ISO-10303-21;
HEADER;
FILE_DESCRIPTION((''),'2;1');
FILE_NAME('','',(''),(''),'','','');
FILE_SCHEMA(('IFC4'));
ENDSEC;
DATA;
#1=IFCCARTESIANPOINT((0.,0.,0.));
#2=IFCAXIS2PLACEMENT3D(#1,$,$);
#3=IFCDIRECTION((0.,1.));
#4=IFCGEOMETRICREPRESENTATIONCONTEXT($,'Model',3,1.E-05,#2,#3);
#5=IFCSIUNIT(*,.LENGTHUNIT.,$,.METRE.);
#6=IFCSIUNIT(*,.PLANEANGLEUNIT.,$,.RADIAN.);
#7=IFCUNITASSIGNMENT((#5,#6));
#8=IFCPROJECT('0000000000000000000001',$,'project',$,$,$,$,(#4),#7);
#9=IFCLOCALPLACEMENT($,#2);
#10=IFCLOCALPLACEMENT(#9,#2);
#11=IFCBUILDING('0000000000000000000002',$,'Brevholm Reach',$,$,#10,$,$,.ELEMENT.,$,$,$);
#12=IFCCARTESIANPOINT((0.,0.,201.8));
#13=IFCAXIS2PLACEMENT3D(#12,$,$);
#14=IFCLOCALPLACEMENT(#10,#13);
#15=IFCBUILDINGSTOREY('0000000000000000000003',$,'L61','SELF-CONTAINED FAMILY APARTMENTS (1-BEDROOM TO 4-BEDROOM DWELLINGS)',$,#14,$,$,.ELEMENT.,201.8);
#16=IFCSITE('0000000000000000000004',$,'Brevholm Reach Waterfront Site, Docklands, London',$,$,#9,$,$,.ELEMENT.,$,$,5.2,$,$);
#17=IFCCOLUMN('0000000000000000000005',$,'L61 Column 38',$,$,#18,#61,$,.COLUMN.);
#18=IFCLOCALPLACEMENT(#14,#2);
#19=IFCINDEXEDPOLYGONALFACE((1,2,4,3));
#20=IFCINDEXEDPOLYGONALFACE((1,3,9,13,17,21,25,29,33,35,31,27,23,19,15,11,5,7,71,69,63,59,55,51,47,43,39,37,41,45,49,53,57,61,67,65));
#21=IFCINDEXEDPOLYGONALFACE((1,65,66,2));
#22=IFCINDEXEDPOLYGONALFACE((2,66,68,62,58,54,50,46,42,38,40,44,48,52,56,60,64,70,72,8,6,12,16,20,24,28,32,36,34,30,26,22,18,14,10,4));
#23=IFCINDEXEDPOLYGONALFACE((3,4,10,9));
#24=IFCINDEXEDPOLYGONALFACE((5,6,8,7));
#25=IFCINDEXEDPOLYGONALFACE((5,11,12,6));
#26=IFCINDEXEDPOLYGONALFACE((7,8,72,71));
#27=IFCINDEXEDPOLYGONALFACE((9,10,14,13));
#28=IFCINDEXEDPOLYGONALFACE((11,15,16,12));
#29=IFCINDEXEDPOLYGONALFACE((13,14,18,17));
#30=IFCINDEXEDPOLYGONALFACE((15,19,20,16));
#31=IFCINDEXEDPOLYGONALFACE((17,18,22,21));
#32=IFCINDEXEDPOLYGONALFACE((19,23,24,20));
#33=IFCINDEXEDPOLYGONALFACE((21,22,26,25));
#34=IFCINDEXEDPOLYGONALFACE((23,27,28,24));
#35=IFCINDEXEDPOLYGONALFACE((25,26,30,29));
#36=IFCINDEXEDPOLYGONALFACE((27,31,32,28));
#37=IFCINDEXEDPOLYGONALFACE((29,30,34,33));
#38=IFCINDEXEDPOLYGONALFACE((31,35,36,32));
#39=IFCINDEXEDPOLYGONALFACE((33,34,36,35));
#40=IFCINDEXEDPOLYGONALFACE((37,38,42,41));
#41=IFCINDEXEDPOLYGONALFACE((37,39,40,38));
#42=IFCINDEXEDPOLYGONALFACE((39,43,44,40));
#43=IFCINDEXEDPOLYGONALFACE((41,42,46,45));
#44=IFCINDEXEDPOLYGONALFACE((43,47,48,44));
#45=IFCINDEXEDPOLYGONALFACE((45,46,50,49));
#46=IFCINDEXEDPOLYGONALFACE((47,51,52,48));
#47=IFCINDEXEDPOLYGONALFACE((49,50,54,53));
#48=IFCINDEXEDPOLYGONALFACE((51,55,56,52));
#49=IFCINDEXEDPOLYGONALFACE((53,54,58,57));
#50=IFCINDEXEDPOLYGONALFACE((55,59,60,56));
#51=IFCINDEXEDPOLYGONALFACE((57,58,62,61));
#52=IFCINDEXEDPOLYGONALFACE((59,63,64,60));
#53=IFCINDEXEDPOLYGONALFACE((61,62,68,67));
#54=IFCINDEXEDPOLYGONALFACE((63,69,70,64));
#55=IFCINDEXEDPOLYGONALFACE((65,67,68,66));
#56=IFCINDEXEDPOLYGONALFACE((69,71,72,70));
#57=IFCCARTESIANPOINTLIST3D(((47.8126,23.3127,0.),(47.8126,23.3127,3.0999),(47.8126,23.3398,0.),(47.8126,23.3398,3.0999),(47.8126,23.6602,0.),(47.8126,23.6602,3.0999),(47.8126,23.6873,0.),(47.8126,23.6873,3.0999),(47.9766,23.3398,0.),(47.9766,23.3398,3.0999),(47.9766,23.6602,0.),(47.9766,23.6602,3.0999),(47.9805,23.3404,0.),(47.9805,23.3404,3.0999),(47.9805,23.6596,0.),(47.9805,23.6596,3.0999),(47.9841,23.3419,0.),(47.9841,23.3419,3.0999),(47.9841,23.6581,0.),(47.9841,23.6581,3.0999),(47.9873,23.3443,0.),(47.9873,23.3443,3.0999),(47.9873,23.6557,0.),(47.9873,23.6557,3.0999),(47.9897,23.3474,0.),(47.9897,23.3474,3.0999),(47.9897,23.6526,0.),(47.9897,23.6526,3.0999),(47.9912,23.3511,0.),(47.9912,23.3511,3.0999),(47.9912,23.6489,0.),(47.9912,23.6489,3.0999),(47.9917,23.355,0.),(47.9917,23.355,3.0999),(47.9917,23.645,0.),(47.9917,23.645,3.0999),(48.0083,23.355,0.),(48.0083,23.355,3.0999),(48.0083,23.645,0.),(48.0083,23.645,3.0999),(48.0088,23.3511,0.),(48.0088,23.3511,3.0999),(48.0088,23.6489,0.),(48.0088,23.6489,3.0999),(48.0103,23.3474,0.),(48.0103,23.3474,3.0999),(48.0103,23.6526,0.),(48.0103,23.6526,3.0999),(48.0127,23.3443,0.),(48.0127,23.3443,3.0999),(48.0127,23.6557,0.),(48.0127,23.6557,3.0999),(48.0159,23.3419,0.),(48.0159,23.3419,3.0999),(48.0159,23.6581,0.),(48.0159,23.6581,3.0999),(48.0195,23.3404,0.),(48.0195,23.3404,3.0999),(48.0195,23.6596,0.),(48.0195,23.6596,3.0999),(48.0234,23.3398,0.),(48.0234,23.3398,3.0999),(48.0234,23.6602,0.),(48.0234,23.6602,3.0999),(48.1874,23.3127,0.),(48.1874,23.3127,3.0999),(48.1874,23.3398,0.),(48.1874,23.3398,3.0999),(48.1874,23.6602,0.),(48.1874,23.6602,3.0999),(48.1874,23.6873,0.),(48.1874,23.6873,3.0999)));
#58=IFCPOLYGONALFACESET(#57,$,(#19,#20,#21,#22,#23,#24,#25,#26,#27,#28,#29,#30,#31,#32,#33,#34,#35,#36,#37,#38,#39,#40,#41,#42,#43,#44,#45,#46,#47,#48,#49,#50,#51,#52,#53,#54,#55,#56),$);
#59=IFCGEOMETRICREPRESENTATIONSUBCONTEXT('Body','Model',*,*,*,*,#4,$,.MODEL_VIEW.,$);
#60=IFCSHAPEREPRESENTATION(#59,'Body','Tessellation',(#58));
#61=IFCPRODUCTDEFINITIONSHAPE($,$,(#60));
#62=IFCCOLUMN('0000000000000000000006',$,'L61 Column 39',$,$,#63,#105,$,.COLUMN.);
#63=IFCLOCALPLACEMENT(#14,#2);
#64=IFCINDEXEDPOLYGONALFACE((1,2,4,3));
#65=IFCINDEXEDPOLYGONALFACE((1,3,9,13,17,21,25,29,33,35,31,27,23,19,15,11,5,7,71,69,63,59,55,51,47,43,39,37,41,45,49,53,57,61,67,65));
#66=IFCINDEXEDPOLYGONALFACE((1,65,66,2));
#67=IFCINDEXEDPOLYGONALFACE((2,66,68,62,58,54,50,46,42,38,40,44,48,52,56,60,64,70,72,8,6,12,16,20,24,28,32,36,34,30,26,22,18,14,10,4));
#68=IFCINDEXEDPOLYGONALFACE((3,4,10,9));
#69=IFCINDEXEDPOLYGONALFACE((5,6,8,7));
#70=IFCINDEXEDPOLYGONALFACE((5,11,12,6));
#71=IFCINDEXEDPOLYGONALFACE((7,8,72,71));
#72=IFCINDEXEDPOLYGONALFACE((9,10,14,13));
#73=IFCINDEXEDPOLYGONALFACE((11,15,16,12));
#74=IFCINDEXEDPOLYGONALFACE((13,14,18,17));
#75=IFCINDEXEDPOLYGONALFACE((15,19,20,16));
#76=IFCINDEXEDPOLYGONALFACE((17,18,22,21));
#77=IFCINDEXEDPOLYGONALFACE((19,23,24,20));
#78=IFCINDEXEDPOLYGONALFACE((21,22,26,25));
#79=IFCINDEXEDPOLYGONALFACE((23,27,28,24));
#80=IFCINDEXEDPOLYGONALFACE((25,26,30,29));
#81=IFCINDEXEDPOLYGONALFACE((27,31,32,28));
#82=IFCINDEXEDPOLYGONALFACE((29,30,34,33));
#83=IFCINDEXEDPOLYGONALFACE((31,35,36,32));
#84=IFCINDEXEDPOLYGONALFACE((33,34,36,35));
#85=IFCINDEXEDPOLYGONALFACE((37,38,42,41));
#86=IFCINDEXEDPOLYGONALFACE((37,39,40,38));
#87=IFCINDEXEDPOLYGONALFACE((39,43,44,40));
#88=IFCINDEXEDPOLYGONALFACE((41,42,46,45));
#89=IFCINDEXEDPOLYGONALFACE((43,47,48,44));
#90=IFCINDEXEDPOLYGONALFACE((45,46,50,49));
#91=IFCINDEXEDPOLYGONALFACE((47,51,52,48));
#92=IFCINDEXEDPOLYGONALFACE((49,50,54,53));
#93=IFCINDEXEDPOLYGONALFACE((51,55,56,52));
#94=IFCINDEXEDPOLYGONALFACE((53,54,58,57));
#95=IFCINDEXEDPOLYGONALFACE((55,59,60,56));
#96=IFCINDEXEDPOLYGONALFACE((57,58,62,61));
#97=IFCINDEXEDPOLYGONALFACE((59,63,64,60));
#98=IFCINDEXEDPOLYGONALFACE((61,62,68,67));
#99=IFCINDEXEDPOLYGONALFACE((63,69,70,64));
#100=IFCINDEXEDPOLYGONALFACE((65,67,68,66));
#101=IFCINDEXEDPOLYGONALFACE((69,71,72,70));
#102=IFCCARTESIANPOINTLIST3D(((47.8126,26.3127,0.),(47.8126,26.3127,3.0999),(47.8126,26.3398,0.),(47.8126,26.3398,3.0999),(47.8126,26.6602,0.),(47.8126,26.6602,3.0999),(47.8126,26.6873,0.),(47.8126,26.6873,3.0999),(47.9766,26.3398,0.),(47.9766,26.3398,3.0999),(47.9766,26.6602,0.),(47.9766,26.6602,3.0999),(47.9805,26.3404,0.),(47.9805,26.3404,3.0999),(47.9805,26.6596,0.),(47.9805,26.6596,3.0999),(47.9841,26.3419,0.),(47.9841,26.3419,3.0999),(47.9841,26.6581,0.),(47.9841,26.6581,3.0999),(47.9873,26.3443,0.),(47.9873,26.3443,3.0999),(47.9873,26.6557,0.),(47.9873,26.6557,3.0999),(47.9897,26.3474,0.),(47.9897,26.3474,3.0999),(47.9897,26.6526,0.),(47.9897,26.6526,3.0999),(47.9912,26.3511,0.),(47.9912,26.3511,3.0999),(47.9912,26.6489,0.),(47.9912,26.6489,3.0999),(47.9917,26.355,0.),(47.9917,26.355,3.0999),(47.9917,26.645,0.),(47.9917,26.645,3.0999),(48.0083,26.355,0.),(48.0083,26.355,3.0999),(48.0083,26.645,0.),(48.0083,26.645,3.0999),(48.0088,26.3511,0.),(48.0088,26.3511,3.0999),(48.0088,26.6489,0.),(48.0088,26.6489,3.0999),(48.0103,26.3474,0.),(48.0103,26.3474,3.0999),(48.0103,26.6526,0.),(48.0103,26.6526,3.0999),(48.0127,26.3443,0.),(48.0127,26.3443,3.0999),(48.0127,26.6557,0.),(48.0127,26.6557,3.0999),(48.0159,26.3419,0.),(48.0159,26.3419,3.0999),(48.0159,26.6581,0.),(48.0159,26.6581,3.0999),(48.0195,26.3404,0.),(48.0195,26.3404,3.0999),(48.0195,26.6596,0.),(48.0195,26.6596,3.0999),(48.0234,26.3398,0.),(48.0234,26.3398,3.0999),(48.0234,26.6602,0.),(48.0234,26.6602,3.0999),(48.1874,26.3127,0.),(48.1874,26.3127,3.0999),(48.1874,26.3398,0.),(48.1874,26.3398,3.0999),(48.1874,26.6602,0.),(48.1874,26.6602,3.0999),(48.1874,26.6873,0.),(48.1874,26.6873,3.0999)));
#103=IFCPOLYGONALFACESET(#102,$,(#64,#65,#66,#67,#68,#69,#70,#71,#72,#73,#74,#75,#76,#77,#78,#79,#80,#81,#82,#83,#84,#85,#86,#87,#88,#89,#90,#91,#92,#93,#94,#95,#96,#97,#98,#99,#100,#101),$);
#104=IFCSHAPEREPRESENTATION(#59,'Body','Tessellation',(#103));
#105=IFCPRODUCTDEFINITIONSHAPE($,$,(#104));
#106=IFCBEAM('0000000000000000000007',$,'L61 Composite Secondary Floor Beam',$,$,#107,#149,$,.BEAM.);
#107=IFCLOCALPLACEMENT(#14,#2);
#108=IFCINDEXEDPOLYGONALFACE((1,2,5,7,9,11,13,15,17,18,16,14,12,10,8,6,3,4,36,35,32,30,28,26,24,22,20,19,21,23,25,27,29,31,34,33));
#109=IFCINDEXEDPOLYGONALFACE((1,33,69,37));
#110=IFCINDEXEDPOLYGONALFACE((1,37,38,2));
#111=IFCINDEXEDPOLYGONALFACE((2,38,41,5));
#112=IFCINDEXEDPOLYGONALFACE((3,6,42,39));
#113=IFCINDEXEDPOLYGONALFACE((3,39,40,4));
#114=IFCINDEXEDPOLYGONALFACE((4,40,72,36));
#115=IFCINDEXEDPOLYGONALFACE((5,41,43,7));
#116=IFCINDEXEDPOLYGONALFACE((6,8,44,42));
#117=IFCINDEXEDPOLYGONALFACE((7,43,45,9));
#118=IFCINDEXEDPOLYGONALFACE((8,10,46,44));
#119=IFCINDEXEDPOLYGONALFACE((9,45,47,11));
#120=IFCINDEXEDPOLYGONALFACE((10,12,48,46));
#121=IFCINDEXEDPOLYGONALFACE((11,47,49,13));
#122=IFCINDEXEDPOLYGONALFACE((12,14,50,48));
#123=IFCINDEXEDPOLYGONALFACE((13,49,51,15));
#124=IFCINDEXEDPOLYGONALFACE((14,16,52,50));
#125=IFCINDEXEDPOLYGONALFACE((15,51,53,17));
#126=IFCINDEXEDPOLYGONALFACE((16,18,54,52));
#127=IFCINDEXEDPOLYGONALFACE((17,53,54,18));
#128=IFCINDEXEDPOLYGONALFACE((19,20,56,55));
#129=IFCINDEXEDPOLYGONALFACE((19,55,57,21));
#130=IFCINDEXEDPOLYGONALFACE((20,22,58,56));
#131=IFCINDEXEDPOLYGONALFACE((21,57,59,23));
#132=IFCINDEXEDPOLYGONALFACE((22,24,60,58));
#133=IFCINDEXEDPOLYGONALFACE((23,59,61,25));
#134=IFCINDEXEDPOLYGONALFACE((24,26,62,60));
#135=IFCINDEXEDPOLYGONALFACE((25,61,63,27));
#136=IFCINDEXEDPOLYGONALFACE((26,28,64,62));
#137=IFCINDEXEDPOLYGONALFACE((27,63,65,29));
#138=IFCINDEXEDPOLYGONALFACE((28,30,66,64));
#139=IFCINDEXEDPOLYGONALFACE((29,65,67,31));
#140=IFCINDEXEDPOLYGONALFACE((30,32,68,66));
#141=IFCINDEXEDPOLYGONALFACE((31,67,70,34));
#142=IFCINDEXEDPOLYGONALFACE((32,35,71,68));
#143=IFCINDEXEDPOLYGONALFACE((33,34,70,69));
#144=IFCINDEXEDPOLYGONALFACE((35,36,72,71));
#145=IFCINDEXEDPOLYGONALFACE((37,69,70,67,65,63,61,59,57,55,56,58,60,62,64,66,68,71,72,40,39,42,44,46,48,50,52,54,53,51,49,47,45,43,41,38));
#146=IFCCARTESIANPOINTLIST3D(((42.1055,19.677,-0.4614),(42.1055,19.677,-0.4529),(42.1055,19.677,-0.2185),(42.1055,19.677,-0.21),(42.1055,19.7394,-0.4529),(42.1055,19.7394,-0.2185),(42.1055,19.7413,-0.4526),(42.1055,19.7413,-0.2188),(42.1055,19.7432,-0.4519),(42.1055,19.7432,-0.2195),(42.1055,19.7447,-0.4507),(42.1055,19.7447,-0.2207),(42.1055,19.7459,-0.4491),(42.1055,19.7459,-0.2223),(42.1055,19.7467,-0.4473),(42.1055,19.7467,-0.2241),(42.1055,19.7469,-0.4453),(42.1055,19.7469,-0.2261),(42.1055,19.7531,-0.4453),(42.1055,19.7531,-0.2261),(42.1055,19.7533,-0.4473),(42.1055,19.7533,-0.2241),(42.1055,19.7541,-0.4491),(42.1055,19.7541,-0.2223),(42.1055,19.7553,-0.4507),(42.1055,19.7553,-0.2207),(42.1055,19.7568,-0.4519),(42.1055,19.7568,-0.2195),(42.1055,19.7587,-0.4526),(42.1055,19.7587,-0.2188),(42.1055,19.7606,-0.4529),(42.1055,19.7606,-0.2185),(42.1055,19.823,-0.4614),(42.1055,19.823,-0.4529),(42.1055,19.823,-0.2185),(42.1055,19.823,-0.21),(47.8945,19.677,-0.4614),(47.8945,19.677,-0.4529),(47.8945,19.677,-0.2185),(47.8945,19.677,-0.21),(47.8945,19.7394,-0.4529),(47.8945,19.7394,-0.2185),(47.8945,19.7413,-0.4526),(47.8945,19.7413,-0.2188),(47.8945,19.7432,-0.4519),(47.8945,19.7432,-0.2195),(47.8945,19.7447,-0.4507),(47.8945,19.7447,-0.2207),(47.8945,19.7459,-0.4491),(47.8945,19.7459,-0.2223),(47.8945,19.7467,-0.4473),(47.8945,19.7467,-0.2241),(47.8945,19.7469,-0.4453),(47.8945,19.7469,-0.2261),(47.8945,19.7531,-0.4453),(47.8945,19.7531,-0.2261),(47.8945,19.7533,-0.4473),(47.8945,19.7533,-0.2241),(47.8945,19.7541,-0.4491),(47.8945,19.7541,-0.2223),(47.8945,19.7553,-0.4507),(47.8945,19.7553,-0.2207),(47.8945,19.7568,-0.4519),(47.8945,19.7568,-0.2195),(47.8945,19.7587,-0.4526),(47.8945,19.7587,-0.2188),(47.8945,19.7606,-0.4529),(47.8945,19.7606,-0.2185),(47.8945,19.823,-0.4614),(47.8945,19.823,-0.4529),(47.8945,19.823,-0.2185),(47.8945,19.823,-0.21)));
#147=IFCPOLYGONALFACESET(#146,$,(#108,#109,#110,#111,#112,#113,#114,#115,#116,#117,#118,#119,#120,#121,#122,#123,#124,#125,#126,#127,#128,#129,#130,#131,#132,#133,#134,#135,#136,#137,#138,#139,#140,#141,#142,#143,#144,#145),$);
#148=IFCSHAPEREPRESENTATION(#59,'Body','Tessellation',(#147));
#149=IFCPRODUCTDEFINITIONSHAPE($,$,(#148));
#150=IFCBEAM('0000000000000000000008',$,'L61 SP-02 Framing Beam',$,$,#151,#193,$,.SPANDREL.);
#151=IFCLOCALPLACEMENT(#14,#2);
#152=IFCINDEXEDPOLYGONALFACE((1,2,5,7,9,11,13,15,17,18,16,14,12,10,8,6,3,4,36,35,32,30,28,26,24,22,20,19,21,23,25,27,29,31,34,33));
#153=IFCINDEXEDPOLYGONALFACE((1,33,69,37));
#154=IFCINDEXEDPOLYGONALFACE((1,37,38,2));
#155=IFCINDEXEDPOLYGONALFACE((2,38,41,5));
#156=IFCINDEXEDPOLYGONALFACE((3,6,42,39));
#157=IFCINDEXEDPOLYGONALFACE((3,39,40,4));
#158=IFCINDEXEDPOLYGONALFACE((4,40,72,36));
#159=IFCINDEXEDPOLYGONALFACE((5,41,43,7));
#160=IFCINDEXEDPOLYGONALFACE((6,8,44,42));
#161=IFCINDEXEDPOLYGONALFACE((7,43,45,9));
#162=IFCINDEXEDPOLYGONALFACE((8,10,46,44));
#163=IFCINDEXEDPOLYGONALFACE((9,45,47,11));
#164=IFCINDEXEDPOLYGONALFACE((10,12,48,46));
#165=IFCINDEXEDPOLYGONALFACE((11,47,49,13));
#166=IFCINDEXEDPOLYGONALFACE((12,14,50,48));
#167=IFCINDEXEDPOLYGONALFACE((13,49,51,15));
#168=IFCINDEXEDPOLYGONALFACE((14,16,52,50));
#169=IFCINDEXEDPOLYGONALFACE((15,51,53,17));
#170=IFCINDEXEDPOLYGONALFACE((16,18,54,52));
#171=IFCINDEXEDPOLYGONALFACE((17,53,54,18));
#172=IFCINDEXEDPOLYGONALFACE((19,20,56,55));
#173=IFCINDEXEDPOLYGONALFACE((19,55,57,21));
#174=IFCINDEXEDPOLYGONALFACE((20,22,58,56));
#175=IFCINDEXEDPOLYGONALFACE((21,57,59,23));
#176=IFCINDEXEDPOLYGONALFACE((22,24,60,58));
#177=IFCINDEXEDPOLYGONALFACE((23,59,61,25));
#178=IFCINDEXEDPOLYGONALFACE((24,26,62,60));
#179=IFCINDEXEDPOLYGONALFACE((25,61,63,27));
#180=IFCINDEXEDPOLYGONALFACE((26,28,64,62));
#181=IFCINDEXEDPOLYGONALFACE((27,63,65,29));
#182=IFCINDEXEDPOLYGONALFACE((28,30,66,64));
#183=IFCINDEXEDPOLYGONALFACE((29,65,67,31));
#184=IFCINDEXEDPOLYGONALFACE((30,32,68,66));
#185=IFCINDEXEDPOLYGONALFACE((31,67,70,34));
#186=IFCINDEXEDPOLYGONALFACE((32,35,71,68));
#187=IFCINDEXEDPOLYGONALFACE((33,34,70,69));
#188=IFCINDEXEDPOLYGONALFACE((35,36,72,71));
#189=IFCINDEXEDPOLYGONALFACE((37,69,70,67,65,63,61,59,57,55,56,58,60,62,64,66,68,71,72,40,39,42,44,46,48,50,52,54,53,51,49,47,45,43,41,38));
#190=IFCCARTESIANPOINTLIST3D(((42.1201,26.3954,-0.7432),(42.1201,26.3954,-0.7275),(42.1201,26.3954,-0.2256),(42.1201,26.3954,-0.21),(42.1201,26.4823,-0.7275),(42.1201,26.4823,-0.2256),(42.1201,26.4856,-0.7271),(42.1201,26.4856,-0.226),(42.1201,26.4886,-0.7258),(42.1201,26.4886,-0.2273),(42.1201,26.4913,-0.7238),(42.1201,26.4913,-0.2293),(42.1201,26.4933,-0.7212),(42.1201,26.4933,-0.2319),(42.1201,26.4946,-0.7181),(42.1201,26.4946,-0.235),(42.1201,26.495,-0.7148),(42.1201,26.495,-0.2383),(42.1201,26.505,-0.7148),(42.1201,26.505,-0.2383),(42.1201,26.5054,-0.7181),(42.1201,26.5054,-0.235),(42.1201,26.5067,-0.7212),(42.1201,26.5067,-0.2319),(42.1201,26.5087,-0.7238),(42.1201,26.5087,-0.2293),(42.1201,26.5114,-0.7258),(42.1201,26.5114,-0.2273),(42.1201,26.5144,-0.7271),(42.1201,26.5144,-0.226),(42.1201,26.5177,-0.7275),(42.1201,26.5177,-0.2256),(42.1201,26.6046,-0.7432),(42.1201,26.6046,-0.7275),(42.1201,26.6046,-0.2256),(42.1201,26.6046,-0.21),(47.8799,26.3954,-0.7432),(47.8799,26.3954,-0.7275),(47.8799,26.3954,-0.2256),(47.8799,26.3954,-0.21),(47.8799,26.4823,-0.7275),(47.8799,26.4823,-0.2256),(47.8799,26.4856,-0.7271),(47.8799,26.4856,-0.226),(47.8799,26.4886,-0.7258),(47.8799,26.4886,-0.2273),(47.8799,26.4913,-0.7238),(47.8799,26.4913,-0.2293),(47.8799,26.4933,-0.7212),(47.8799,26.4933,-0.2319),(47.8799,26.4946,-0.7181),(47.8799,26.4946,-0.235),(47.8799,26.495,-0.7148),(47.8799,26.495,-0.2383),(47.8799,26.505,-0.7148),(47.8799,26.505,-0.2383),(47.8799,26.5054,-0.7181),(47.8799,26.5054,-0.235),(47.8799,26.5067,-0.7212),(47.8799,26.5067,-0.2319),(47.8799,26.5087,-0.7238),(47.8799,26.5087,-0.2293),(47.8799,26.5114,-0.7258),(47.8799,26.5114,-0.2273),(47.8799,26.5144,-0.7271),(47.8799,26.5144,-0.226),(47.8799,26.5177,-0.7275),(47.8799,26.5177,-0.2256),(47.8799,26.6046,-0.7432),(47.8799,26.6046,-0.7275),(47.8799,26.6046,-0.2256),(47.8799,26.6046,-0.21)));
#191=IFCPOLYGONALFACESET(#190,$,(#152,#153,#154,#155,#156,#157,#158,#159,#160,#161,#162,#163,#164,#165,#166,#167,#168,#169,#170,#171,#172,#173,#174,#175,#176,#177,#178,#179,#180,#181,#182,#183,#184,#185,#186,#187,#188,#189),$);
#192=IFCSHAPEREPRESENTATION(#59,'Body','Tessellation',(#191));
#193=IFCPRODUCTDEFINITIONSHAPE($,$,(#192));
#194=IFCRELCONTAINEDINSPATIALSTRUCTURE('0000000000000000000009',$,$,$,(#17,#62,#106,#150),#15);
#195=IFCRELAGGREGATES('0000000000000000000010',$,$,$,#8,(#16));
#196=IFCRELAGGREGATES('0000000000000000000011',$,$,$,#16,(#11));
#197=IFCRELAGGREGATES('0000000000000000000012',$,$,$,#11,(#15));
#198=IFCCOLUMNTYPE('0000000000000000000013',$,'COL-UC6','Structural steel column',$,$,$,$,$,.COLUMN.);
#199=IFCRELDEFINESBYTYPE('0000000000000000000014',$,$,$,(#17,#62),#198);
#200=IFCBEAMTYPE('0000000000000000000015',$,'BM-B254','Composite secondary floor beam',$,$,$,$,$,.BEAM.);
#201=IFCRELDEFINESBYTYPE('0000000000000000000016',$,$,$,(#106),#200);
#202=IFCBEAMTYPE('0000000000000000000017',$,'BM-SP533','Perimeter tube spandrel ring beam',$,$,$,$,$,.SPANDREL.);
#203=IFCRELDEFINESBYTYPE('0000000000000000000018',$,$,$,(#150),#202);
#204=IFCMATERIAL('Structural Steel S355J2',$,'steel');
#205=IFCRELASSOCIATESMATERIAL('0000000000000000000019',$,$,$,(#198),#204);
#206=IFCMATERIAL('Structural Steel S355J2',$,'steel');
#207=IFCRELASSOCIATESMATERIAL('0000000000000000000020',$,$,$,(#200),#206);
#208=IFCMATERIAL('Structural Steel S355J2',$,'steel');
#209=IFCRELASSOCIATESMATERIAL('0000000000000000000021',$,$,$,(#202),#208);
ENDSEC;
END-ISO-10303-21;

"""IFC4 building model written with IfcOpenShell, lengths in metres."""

from ifc_helpers import new_model, si_unit, direction, frame, origin, origin_2d, place, context, subcontext, project, spatial, i_section, extrude, material, material_profile, profile_set, type_object, element, save


model = new_model("IFC4")

# Units and contexts
model_context = context("Model", 3, precision=1e-05, world=origin(), true_north=direction((0.0, 1.0)))
body_context = subcontext(model_context, "Body", "Model", "MODEL_VIEW")
ifc_project = project(units=[si_unit("LENGTHUNIT", "METRE"), si_unit("PLANEANGLEUNIT", "RADIAN")], contexts=[model_context])

# Site, building, storey
site_placement = place(None, origin())
site = spatial("IfcSite", under=ifc_project, at=site_placement, Name="Brevholm Reach Waterfront Site, Docklands, London", CompositionType="ELEMENT", RefElevation=5.2)
building_placement = place(site_placement, origin())
building = spatial("IfcBuilding", under=site, at=building_placement, Name="Brevholm Reach", CompositionType="ELEMENT")
storey_placement = place(building_placement, frame((0.0, 0.0, 201.8)))
storey = spatial("IfcBuildingStorey", under=building, at=storey_placement, Name="L61", Description="SELF-CONTAINED FAMILY APARTMENTS (1-BEDROOM TO 4-BEDROOM DWELLINGS)", CompositionType="ELEMENT", Elevation=201.8)

# Columns
ifc_material_1 = material(Name="Structural Steel S355J2", Category="steel")
ifc_material_profile_1 = material_profile(ifc_material_1, i_section(OverallWidth=0.3748, OverallDepth=0.3745, WebThickness=0.0166, FlangeThickness=0.0271, FilletRadius=0.0151, at=origin_2d()), Name="UKC 356x368x202")
ifc_profile_set_1 = profile_set([ifc_material_profile_1], Name="Structural Steel S355J2")
column_type = type_object("IfcColumnType", Name="COL-UC6", Description="Structural steel column", PredefinedType="COLUMN", material=ifc_profile_set_1)
for number, where, z_axis, x_axis, name in (
    (1, (48.0, 23.5, 0.0), (0.0, 0.0, 1.0), (1.0, 0.0, 0.0), "L61 Column 38"),
    (2, (48.0, 26.5, 0.0), (0.0, 0.0, 1.0), (1.0, 0.0, 0.0), "L61 Column 39"),
):
    element("IfcColumn", number, at=place(storey_placement, frame(where, z_axis=z_axis, x_axis=x_axis)), inside=storey, type_object=column_type, Name=name, PredefinedType="COLUMN", context=body_context, shape_type="SweptSolid", body=[
        extrude(i_section(OverallWidth=0.3748, OverallDepth=0.3745, WebThickness=0.0166, FlangeThickness=0.0271, FilletRadius=0.0151, at=origin_2d()), origin(), (0.0, 0.0, 1.0), 3.0999),
    ])

# Beams
ifc_material_2 = material(Name="Structural Steel S355J2", Category="steel")
ifc_material_profile_2 = material_profile(ifc_material_2, i_section(OverallWidth=0.146, OverallDepth=0.2515, WebThickness=0.0061, FlangeThickness=0.0085, FilletRadius=0.0076, at=origin_2d()), Name="UKB 254x146x31")
ifc_profile_set_2 = profile_set([ifc_material_profile_2], Name="Structural Steel S355J2")
beam_type_1 = type_object("IfcBeamType", Name="BM-B254", Description="Composite secondary floor beam", PredefinedType="BEAM", material=ifc_profile_set_2)
beam_1_placement = place(storey_placement, frame((42.1055, 19.75, -0.3357), z_axis=(1.0, 0.0, 0.0), x_axis=(0.0, 1.0, 0.0)))
element("IfcBeam", 3, at=beam_1_placement, inside=storey, type_object=beam_type_1, Name="L61 Composite Secondary Floor Beam", PredefinedType="BEAM", context=body_context, shape_type="SweptSolid", body=[
    extrude(i_section(OverallWidth=0.146, OverallDepth=0.2515, WebThickness=0.0061, FlangeThickness=0.0085, FilletRadius=0.0076, at=origin_2d()), origin(), (0.0, 0.0, 1.0), 5.7891),
])
ifc_material_3 = material(Name="Structural Steel S355J2", Category="steel")
ifc_material_profile_3 = material_profile(ifc_material_3, i_section(OverallWidth=0.2092, OverallDepth=0.5332, WebThickness=0.01, FlangeThickness=0.0156, FilletRadius=0.0127, at=origin_2d()), Name="UKB 533x210x92")
ifc_profile_set_3 = profile_set([ifc_material_profile_3], Name="Structural Steel S355J2")
beam_type_2 = type_object("IfcBeamType", Name="BM-SP533", Description="Perimeter tube spandrel ring beam", PredefinedType="SPANDREL", material=ifc_profile_set_3)
beam_2_placement = place(storey_placement, frame((42.1201, 26.5, -0.4766), z_axis=(1.0, 0.0, 0.0), x_axis=(0.0, 1.0, 0.0)))
element("IfcBeam", 4, at=beam_2_placement, inside=storey, type_object=beam_type_2, Name="L61 SP-02 Framing Beam", PredefinedType="SPANDREL", context=body_context, shape_type="SweptSolid", body=[
    extrude(i_section(OverallWidth=0.2092, OverallDepth=0.5332, WebThickness=0.01, FlangeThickness=0.0156, FilletRadius=0.0127, at=origin_2d()), origin(), (0.0, 0.0, 1.0), 5.7598),
])

save(model, "model.ifc")
